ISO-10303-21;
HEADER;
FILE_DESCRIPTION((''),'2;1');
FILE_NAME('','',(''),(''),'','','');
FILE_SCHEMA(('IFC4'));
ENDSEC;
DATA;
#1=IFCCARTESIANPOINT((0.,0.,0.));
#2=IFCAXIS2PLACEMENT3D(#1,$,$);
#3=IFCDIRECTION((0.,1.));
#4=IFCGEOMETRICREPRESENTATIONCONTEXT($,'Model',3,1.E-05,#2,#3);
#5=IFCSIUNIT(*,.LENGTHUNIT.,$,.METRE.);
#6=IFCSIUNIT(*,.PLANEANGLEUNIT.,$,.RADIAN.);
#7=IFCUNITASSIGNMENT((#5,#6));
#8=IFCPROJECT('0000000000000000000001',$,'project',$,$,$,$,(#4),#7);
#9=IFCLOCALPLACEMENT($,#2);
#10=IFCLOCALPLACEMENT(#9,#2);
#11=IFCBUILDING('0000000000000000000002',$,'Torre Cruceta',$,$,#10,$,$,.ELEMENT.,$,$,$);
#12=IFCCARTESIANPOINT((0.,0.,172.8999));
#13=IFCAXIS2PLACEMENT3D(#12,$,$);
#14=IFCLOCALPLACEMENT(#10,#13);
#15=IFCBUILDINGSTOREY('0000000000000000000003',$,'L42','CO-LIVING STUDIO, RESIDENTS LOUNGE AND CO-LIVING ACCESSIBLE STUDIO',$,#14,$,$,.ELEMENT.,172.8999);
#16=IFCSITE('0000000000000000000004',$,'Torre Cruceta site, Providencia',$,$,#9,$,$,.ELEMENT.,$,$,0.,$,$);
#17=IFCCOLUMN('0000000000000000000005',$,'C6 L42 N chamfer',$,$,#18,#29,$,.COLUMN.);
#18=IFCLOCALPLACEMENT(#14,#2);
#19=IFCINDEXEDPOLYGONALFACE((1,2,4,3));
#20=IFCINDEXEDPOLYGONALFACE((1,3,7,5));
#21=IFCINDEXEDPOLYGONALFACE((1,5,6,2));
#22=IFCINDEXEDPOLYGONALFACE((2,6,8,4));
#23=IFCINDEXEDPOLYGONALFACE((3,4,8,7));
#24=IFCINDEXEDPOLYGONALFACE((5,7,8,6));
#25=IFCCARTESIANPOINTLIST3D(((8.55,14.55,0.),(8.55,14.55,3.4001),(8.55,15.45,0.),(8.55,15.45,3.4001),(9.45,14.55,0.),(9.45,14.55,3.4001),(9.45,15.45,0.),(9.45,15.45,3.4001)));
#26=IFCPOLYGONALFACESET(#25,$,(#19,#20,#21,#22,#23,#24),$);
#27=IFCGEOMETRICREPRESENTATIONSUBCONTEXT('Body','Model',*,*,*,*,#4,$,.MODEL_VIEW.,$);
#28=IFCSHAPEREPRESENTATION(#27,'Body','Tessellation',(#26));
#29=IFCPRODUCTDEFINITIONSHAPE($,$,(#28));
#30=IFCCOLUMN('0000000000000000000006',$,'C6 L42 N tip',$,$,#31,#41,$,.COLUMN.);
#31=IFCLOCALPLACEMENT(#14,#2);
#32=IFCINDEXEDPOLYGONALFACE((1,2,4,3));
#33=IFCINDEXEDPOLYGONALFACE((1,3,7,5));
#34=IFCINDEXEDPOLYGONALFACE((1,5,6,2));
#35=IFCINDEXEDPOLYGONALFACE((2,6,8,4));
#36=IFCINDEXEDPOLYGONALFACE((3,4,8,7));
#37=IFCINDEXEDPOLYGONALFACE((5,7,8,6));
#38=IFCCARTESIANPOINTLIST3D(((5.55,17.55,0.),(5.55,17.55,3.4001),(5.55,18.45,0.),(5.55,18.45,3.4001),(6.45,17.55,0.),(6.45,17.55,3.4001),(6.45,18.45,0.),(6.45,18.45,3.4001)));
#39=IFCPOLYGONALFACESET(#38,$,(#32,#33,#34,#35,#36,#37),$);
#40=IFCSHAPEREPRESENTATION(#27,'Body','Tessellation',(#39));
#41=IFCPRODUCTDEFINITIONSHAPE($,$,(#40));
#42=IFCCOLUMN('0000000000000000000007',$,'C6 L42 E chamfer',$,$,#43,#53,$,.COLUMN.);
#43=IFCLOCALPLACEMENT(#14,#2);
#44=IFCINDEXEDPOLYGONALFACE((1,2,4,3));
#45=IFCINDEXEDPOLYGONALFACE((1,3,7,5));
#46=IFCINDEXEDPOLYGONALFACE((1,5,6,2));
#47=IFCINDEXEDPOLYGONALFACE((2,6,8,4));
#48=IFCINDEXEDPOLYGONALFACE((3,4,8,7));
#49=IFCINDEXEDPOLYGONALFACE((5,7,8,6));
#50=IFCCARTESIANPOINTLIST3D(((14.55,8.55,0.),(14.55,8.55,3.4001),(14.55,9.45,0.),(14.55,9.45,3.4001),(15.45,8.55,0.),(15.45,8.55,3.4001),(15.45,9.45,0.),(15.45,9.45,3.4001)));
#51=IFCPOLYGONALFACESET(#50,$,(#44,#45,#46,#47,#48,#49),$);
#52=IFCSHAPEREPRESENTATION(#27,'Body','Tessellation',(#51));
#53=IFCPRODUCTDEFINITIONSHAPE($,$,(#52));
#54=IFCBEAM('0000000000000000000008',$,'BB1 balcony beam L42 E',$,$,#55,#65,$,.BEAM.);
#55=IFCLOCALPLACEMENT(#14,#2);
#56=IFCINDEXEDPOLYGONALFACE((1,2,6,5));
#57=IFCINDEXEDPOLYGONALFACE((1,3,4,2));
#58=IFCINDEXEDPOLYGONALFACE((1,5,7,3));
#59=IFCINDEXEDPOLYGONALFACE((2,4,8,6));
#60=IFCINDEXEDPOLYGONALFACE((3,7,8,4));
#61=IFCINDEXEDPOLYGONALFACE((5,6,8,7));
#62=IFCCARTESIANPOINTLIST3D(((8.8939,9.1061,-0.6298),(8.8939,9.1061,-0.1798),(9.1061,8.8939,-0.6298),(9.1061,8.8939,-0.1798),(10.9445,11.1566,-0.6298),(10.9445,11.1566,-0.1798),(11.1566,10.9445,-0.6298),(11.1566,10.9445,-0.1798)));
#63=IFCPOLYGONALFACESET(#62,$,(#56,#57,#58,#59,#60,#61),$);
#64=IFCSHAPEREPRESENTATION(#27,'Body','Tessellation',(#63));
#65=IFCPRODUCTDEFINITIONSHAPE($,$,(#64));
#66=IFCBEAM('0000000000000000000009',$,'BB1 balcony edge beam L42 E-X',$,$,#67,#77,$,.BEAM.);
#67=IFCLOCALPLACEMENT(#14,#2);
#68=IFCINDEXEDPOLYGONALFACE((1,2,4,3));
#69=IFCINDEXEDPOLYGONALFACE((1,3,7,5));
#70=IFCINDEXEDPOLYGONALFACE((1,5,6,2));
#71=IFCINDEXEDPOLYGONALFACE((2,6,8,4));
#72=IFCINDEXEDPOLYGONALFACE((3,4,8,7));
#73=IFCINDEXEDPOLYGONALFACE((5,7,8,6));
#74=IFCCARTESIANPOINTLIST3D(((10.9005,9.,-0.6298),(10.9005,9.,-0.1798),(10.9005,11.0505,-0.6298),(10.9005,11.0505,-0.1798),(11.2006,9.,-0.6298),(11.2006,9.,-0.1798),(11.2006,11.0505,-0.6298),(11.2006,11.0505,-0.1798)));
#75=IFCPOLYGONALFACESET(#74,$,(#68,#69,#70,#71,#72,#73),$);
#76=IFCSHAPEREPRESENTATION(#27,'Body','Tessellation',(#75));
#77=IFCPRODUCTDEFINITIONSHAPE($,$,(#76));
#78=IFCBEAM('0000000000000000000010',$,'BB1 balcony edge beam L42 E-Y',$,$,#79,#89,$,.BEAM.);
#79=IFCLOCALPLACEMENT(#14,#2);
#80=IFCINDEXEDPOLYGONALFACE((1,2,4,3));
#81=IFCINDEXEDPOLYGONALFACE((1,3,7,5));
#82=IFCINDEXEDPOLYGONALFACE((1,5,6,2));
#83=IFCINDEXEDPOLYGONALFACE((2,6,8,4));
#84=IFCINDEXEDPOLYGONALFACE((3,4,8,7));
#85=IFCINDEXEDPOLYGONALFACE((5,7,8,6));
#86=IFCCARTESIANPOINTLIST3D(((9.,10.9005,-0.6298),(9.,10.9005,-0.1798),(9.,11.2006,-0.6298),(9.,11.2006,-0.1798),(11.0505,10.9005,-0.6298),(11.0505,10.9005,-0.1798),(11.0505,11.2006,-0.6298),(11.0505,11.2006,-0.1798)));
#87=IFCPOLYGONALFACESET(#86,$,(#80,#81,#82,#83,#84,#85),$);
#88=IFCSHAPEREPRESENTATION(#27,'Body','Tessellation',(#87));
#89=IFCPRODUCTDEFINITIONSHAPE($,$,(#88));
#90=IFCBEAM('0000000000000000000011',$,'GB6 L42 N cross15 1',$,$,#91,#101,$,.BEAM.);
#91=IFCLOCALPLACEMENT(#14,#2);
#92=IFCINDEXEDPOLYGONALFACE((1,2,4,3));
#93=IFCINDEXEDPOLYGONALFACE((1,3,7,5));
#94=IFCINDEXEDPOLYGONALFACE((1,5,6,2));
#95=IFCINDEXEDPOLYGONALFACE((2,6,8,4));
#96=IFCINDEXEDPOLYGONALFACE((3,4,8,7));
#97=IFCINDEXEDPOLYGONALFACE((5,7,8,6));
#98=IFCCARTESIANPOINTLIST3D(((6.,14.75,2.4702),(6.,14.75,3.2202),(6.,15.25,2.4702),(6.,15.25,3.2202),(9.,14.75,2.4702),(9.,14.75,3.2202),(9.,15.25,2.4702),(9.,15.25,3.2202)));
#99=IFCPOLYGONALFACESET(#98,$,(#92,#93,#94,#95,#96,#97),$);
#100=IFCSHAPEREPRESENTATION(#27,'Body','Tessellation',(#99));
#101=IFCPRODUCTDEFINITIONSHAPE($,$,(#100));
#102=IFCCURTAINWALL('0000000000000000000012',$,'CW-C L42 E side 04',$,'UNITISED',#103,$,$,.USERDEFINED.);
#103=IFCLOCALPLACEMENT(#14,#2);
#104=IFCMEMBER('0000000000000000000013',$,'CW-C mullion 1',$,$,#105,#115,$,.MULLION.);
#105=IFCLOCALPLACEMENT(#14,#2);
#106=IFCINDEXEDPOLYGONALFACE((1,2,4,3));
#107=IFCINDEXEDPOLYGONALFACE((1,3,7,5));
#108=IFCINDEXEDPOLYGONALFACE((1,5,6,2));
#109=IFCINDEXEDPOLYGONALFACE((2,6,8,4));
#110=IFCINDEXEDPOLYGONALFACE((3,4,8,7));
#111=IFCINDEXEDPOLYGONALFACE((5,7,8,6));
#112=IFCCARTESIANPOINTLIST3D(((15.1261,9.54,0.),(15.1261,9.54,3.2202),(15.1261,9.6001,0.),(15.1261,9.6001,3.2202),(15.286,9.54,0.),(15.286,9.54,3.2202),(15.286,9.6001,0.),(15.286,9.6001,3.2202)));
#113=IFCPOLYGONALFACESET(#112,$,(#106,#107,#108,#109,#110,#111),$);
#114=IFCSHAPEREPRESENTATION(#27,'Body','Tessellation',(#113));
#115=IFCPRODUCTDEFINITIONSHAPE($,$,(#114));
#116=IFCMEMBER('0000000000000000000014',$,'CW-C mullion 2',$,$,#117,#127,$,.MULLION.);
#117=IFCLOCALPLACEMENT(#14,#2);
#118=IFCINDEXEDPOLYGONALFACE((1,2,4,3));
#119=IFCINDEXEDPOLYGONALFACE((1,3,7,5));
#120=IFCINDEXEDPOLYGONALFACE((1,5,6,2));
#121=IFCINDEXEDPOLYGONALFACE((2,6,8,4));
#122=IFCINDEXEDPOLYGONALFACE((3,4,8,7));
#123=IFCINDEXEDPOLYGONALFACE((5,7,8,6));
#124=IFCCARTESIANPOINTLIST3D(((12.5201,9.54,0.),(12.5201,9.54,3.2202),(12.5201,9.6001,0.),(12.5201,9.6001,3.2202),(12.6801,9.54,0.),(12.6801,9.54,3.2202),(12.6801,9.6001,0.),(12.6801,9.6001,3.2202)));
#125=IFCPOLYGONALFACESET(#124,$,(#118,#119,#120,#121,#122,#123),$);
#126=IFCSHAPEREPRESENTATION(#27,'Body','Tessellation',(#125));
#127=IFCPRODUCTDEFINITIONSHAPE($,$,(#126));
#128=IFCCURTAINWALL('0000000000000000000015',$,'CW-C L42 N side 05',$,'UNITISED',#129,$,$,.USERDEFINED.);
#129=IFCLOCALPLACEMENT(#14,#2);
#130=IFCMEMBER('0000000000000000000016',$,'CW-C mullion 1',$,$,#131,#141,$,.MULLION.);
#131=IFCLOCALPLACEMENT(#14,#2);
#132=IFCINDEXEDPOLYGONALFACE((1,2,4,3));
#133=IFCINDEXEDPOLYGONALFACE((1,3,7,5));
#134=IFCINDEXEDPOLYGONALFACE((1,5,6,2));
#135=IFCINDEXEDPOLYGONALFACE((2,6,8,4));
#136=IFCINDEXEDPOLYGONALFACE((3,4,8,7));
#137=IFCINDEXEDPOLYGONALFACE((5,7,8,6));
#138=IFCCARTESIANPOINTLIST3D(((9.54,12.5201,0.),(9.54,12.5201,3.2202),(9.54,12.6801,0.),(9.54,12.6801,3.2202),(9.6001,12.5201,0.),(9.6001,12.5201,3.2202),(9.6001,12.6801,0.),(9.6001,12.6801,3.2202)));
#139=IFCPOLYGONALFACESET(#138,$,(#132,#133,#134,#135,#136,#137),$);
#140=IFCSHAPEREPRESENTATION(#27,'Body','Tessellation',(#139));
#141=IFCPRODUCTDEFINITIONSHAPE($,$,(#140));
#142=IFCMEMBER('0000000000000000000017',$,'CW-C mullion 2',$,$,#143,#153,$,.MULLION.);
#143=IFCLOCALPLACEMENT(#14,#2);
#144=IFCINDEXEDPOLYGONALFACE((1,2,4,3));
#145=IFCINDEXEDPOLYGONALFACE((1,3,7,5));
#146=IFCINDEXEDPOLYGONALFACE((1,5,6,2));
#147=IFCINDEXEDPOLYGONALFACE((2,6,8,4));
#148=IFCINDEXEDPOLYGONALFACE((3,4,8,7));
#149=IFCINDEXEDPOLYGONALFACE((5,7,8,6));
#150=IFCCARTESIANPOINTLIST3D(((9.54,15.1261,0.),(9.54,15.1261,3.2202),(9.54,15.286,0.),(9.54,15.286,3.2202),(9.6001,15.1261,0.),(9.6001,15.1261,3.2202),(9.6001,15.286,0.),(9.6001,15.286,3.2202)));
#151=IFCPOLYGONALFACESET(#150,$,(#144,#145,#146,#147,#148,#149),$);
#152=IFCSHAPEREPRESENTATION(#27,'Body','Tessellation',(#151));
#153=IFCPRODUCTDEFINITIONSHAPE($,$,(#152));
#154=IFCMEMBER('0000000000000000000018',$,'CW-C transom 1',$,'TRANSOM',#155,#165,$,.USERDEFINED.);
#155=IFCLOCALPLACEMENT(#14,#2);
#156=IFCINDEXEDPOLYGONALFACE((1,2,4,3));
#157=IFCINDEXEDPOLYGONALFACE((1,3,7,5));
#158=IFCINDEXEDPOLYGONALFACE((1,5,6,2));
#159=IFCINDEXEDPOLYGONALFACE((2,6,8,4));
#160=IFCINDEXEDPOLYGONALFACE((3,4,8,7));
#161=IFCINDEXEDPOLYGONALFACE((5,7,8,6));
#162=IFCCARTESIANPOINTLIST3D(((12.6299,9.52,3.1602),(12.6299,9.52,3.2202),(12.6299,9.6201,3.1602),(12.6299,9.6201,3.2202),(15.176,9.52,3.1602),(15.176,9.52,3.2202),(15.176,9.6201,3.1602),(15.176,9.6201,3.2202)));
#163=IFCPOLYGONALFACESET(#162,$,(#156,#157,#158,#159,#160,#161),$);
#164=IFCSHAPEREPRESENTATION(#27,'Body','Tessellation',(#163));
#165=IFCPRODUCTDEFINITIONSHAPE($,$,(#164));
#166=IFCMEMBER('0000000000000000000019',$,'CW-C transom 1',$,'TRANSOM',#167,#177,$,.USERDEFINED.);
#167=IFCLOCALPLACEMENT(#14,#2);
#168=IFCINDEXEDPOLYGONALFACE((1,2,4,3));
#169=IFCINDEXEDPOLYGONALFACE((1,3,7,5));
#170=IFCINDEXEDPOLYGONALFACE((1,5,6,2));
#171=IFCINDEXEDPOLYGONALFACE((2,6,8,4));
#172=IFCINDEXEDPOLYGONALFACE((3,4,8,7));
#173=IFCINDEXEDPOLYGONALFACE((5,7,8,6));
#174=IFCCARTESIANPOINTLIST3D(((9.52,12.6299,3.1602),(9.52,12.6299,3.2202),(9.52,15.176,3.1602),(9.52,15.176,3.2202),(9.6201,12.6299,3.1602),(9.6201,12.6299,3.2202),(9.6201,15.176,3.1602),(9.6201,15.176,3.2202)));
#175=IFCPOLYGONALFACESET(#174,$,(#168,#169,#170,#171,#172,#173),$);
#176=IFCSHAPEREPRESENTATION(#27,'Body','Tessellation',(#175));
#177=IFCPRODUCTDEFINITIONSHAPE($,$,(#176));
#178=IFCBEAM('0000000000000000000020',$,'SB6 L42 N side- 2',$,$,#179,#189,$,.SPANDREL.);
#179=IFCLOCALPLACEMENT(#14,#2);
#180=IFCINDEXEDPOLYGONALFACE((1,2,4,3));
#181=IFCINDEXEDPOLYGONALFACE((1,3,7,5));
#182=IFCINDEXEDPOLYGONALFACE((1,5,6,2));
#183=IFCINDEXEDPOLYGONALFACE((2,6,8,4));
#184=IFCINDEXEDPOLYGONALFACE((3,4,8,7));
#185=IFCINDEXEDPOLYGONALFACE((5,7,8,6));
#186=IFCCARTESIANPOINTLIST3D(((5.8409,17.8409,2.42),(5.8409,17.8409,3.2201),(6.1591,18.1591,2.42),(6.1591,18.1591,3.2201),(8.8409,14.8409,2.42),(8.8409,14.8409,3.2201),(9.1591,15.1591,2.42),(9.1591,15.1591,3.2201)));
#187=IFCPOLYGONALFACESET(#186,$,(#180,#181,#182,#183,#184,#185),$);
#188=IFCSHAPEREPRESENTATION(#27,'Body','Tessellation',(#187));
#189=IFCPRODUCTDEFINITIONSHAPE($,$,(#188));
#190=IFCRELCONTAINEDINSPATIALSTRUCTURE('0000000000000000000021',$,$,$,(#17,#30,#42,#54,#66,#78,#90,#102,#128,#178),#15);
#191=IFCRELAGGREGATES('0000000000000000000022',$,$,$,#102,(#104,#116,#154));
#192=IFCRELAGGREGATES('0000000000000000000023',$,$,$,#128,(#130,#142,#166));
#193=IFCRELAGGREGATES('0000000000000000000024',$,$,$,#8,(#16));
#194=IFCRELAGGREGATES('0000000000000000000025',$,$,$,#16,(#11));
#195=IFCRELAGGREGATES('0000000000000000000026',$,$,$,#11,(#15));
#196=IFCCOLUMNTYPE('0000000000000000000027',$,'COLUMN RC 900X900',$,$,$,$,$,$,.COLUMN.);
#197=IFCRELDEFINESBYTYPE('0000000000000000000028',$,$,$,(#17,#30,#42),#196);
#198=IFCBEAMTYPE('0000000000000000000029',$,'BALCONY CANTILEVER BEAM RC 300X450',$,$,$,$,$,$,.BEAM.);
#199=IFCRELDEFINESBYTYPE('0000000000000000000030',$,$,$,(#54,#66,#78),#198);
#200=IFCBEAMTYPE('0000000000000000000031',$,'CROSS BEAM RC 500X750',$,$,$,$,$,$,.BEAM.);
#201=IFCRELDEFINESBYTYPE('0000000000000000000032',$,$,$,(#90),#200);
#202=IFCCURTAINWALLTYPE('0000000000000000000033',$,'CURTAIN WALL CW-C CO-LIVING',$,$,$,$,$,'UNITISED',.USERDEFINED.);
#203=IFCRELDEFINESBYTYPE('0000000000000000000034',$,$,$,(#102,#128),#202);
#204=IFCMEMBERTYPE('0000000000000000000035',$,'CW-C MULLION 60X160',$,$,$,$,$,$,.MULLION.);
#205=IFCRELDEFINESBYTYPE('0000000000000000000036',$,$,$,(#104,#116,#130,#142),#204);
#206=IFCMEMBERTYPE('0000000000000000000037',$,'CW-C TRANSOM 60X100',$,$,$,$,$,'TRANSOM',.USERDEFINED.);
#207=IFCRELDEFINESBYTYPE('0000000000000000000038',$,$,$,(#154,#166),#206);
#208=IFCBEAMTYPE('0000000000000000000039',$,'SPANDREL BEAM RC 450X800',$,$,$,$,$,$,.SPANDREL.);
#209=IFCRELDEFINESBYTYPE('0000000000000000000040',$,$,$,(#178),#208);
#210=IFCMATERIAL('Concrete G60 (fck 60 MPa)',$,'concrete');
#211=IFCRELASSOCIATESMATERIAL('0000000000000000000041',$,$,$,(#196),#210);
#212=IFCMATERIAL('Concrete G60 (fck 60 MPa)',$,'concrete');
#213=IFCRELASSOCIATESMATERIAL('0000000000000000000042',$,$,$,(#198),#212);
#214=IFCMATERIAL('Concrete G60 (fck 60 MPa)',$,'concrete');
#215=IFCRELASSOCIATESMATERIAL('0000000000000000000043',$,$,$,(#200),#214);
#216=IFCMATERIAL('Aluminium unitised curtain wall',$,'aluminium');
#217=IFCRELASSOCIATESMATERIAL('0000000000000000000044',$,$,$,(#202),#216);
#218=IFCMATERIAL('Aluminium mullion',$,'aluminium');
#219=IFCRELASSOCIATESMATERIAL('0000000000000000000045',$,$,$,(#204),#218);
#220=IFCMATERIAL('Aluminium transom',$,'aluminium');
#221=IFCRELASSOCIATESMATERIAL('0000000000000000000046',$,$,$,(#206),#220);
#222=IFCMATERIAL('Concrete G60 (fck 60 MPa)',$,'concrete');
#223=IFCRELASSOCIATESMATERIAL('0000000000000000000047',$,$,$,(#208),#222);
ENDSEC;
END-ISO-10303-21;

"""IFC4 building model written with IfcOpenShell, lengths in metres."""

from ifc_helpers import new_model, si_unit, direction, frame, origin, origin_2d, place, context, subcontext, project, spatial, rectangle, extrude, material, material_profile, profile_set, type_object, element, aggregate, save


model = new_model("IFC4")

# Units and contexts
model_context = context("Model", 3, precision=1e-05, world=origin(), true_north=direction((0.0, 1.0)))
body_context = subcontext(model_context, "Body", "Model", "MODEL_VIEW")
ifc_project = project(units=[si_unit("LENGTHUNIT", "METRE"), si_unit("PLANEANGLEUNIT", "RADIAN")], contexts=[model_context])

# Site, building, storey
site_placement = place(None, origin())
site = spatial("IfcSite", under=ifc_project, at=site_placement, Name="Torre Cruceta site, Providencia", CompositionType="ELEMENT", RefElevation=0.0)
building_placement = place(site_placement, origin())
building = spatial("IfcBuilding", under=site, at=building_placement, Name="Torre Cruceta", CompositionType="ELEMENT")
storey_placement = place(building_placement, frame((0.0, 0.0, 172.8999)))
storey = spatial("IfcBuildingStorey", under=building, at=storey_placement, Name="L42", Description="CO-LIVING STUDIO, RESIDENTS LOUNGE AND CO-LIVING ACCESSIBLE STUDIO", CompositionType="ELEMENT", Elevation=172.8999)

# Columns
ifc_material_1 = material(Name="Concrete G60 (fck 60 MPa)", Category="concrete")
ifc_material_profile_1 = material_profile(ifc_material_1, rectangle(XDim=0.8999, YDim=0.8999, at=origin_2d()), Name="RC 900X900")
ifc_profile_set_1 = profile_set([ifc_material_profile_1], Name="Concrete G60 (fck 60 MPa)")
column_type = type_object("IfcColumnType", Name="COLUMN RC 900X900", PredefinedType="COLUMN", material=ifc_profile_set_1)
for number, where, z_axis, x_axis, name in (
    (1, (9.0, 15.0, 0.0), (0.0, 0.0, 1.0), (1.0, 0.0, 0.0), "C6 L42 N chamfer"),
    (2, (6.0, 18.0, 0.0), (0.0, 0.0, 1.0), (1.0, 0.0, 0.0), "C6 L42 N tip"),
    (3, (15.0, 9.0, 0.0), (0.0, 0.0, 1.0), (1.0, 0.0, 0.0), "C6 L42 E chamfer"),
):
    element("IfcColumn", number, at=place(storey_placement, frame(where, z_axis=z_axis, x_axis=x_axis)), inside=storey, type_object=column_type, Name=name, PredefinedType="COLUMN", context=body_context, shape_type="SweptSolid", body=[
        extrude(rectangle(XDim=0.8999, YDim=0.8999, at=origin_2d()), origin(), (0.0, 0.0, 1.0), 3.4001),
    ])

# Beams
ifc_material_2 = material(Name="Concrete G60 (fck 60 MPa)", Category="concrete")
ifc_material_profile_2 = material_profile(ifc_material_2, rectangle(XDim=0.3, YDim=0.45, at=origin_2d()), Name="RC 300X450")
ifc_profile_set_2 = profile_set([ifc_material_profile_2], Name="Concrete G60 (fck 60 MPa)")
beam_type_1 = type_object("IfcBeamType", Name="BALCONY CANTILEVER BEAM RC 300X450", PredefinedType="BEAM", material=ifc_profile_set_2)
beam_1_placement = place(storey_placement, frame((9.0, 9.0, -0.4048), z_axis=(0.707107, 0.707107, 0.0), x_axis=(-0.707107, 0.707107, 0.0)))
element("IfcBeam", 4, at=beam_1_placement, inside=storey, type_object=beam_type_1, Name="BB1 balcony beam L42 E", PredefinedType="BEAM", context=body_context, shape_type="SweptSolid", body=[
    extrude(rectangle(XDim=0.3, YDim=0.45, at=origin_2d()), origin(), (0.0, 0.0, 1.0), 2.8999),
])
for number, where, z_axis, x_axis, name in (
    (5, (11.0505, 9.0, -0.4048), (0.0, 1.0, 0.0), (-1.0, 0.0, 0.0), "BB1 balcony edge beam L42 E-X"),
    (6, (9.0, 11.0505, -0.4048), (1.0, 0.0, 0.0), (0.0, 1.0, 0.0), "BB1 balcony edge beam L42 E-Y"),
):
    element("IfcBeam", number, at=place(storey_placement, frame(where, z_axis=z_axis, x_axis=x_axis)), inside=storey, type_object=beam_type_1, Name=name, PredefinedType="BEAM", context=body_context, shape_type="SweptSolid", body=[
        extrude(rectangle(XDim=0.3, YDim=0.45, at=origin_2d()), origin(), (0.0, 0.0, 1.0), 2.0505),
    ])
ifc_material_3 = material(Name="Concrete G60 (fck 60 MPa)", Category="concrete")
ifc_material_profile_3 = material_profile(ifc_material_3, rectangle(XDim=0.5, YDim=0.75, at=origin_2d()), Name="RC 500X750")
ifc_profile_set_3 = profile_set([ifc_material_profile_3], Name="Concrete G60 (fck 60 MPa)")
beam_type_2 = type_object("IfcBeamType", Name="CROSS BEAM RC 500X750", PredefinedType="BEAM", material=ifc_profile_set_3)
beam_2_placement = place(storey_placement, frame((9.0, 15.0, 2.8452), z_axis=(-1.0, 0.0, 0.0), x_axis=(0.0, -1.0, 0.0)))
element("IfcBeam", 7, at=beam_2_placement, inside=storey, type_object=beam_type_2, Name="GB6 L42 N cross15 1", PredefinedType="BEAM", context=body_context, shape_type="SweptSolid", body=[
    extrude(rectangle(XDim=0.5, YDim=0.75, at=origin_2d()), origin(), (0.0, 0.0, 1.0), 3.0),
])

# Curtain walls, members
ifc_material_4 = material(Name="Aluminium unitised curtain wall", Category="aluminium")
curtain_wall_type = type_object("IfcCurtainWallType", Name="CURTAIN WALL CW-C CO-LIVING", ElementType="UNITISED", PredefinedType="USERDEFINED", material=ifc_material_4)
curtain_wall_1_placement = place(storey_placement, origin())
curtain_wall_1 = element("IfcCurtainWall", 8, at=curtain_wall_1_placement, inside=storey, type_object=curtain_wall_type, Name="CW-C L42 E side 04", ObjectType="UNITISED", PredefinedType="USERDEFINED")
ifc_material_5 = material(Name="Aluminium mullion", Category="aluminium")
ifc_material_profile_4 = material_profile(ifc_material_5, rectangle(XDim=0.0601, YDim=0.1599, at=origin_2d()), Name="AL 60X160")
ifc_profile_set_4 = profile_set([ifc_material_profile_4], Name="Aluminium mullion")
member_type_1 = type_object("IfcMemberType", Name="CW-C MULLION 60X160", PredefinedType="MULLION", material=ifc_profile_set_4)
member_1_placement = place(storey_placement, frame((15.2061, 9.5701, 0.0), z_axis=(0.0, 0.0, 1.0), x_axis=(0.0, -1.0, 0.0)))
member_1 = element("IfcMember", 9, at=member_1_placement, type_object=member_type_1, Name="CW-C mullion 1", PredefinedType="MULLION", context=body_context, shape_type="SweptSolid", body=[
    extrude(rectangle(XDim=0.0601, YDim=0.1599, at=origin_2d()), origin(), (0.0, 0.0, 1.0), 3.2202),
])
member_2_placement = place(storey_placement, frame((12.6001, 9.5701, 0.0), z_axis=(0.0, 0.0, 1.0), x_axis=(0.0, -1.0, 0.0)))
member_2 = element("IfcMember", 10, at=member_2_placement, type_object=member_type_1, Name="CW-C mullion 2", PredefinedType="MULLION", context=body_context, shape_type="SweptSolid", body=[
    extrude(rectangle(XDim=0.0601, YDim=0.1599, at=origin_2d()), origin(), (0.0, 0.0, 1.0), 3.2202),
])
curtain_wall_2_placement = place(storey_placement, origin())
curtain_wall_2 = element("IfcCurtainWall", 11, at=curtain_wall_2_placement, inside=storey, type_object=curtain_wall_type, Name="CW-C L42 N side 05", ObjectType="UNITISED", PredefinedType="USERDEFINED")
member_3_placement = place(storey_placement, frame((9.5701, 12.6001, 0.0), z_axis=(0.0, 0.0, 1.0), x_axis=(-1.0, 0.0, 0.0)))
member_3 = element("IfcMember", 12, at=member_3_placement, type_object=member_type_1, Name="CW-C mullion 1", PredefinedType="MULLION", context=body_context, shape_type="SweptSolid", body=[
    extrude(rectangle(XDim=0.0601, YDim=0.1599, at=origin_2d()), origin(), (0.0, 0.0, 1.0), 3.2202),
])
member_4_placement = place(storey_placement, frame((9.5701, 15.2061, 0.0), z_axis=(0.0, 0.0, 1.0), x_axis=(-1.0, 0.0, 0.0)))
member_4 = element("IfcMember", 13, at=member_4_placement, type_object=member_type_1, Name="CW-C mullion 2", PredefinedType="MULLION", context=body_context, shape_type="SweptSolid", body=[
    extrude(rectangle(XDim=0.0601, YDim=0.1599, at=origin_2d()), origin(), (0.0, 0.0, 1.0), 3.2202),
])

# Members
ifc_material_6 = material(Name="Aluminium transom", Category="aluminium")
ifc_material_profile_5 = material_profile(ifc_material_6, rectangle(XDim=0.1001, YDim=0.0601, at=origin_2d()), Name="AL 100X60")
ifc_profile_set_5 = profile_set([ifc_material_profile_5], Name="Aluminium transom")
member_type_2 = type_object("IfcMemberType", Name="CW-C TRANSOM 60X100", ElementType="TRANSOM", PredefinedType="USERDEFINED", material=ifc_profile_set_5)
member_5_placement = place(storey_placement, frame((15.176, 9.5701, 3.1902), z_axis=(-1.0, 0.0, 0.0), x_axis=(0.0, -1.0, 0.0)))
member_5 = element("IfcMember", 14, at=member_5_placement, type_object=member_type_2, Name="CW-C transom 1", ObjectType="TRANSOM", PredefinedType="USERDEFINED", context=body_context, shape_type="SweptSolid", body=[
    extrude(rectangle(XDim=0.1001, YDim=0.0601, at=origin_2d()), origin(), (0.0, 0.0, 1.0), 2.5461),
])
member_6_placement = place(storey_placement, frame((9.5701, 12.6299, 3.1902), z_axis=(0.0, 1.0, 0.0), x_axis=(-1.0, 0.0, 0.0)))
member_6 = element("IfcMember", 15, at=member_6_placement, type_object=member_type_2, Name="CW-C transom 1", ObjectType="TRANSOM", PredefinedType="USERDEFINED", context=body_context, shape_type="SweptSolid", body=[
    extrude(rectangle(XDim=0.1001, YDim=0.0601, at=origin_2d()), origin(), (0.0, 0.0, 1.0), 2.5461),
])

# Beam
ifc_material_7 = material(Name="Concrete G60 (fck 60 MPa)", Category="concrete")
ifc_material_profile_6 = material_profile(ifc_material_7, rectangle(XDim=0.45, YDim=0.8, at=origin_2d()), Name="RC 450X800")
ifc_profile_set_6 = profile_set([ifc_material_profile_6], Name="Concrete G60 (fck 60 MPa)")
beam_type_3 = type_object("IfcBeamType", Name="SPANDREL BEAM RC 450X800", PredefinedType="SPANDREL", material=ifc_profile_set_6)
beam_3_placement = place(storey_placement, frame((9.0, 15.0, 2.8201), z_axis=(-0.707107, 0.707107, 0.0), x_axis=(-0.707107, -0.707107, 0.0)))
element("IfcBeam", 16, at=beam_3_placement, inside=storey, type_object=beam_type_3, Name="SB6 L42 N side- 2", PredefinedType="SPANDREL", context=body_context, shape_type="SweptSolid", body=[
    extrude(rectangle(XDim=0.45, YDim=0.8, at=origin_2d()), origin(), (0.0, 0.0, 1.0), 4.2427),
])

aggregate(curtain_wall_1, [member_1, member_2, member_5])
aggregate(curtain_wall_2, [member_3, member_4, member_6])

save(model, "model.ifc")
